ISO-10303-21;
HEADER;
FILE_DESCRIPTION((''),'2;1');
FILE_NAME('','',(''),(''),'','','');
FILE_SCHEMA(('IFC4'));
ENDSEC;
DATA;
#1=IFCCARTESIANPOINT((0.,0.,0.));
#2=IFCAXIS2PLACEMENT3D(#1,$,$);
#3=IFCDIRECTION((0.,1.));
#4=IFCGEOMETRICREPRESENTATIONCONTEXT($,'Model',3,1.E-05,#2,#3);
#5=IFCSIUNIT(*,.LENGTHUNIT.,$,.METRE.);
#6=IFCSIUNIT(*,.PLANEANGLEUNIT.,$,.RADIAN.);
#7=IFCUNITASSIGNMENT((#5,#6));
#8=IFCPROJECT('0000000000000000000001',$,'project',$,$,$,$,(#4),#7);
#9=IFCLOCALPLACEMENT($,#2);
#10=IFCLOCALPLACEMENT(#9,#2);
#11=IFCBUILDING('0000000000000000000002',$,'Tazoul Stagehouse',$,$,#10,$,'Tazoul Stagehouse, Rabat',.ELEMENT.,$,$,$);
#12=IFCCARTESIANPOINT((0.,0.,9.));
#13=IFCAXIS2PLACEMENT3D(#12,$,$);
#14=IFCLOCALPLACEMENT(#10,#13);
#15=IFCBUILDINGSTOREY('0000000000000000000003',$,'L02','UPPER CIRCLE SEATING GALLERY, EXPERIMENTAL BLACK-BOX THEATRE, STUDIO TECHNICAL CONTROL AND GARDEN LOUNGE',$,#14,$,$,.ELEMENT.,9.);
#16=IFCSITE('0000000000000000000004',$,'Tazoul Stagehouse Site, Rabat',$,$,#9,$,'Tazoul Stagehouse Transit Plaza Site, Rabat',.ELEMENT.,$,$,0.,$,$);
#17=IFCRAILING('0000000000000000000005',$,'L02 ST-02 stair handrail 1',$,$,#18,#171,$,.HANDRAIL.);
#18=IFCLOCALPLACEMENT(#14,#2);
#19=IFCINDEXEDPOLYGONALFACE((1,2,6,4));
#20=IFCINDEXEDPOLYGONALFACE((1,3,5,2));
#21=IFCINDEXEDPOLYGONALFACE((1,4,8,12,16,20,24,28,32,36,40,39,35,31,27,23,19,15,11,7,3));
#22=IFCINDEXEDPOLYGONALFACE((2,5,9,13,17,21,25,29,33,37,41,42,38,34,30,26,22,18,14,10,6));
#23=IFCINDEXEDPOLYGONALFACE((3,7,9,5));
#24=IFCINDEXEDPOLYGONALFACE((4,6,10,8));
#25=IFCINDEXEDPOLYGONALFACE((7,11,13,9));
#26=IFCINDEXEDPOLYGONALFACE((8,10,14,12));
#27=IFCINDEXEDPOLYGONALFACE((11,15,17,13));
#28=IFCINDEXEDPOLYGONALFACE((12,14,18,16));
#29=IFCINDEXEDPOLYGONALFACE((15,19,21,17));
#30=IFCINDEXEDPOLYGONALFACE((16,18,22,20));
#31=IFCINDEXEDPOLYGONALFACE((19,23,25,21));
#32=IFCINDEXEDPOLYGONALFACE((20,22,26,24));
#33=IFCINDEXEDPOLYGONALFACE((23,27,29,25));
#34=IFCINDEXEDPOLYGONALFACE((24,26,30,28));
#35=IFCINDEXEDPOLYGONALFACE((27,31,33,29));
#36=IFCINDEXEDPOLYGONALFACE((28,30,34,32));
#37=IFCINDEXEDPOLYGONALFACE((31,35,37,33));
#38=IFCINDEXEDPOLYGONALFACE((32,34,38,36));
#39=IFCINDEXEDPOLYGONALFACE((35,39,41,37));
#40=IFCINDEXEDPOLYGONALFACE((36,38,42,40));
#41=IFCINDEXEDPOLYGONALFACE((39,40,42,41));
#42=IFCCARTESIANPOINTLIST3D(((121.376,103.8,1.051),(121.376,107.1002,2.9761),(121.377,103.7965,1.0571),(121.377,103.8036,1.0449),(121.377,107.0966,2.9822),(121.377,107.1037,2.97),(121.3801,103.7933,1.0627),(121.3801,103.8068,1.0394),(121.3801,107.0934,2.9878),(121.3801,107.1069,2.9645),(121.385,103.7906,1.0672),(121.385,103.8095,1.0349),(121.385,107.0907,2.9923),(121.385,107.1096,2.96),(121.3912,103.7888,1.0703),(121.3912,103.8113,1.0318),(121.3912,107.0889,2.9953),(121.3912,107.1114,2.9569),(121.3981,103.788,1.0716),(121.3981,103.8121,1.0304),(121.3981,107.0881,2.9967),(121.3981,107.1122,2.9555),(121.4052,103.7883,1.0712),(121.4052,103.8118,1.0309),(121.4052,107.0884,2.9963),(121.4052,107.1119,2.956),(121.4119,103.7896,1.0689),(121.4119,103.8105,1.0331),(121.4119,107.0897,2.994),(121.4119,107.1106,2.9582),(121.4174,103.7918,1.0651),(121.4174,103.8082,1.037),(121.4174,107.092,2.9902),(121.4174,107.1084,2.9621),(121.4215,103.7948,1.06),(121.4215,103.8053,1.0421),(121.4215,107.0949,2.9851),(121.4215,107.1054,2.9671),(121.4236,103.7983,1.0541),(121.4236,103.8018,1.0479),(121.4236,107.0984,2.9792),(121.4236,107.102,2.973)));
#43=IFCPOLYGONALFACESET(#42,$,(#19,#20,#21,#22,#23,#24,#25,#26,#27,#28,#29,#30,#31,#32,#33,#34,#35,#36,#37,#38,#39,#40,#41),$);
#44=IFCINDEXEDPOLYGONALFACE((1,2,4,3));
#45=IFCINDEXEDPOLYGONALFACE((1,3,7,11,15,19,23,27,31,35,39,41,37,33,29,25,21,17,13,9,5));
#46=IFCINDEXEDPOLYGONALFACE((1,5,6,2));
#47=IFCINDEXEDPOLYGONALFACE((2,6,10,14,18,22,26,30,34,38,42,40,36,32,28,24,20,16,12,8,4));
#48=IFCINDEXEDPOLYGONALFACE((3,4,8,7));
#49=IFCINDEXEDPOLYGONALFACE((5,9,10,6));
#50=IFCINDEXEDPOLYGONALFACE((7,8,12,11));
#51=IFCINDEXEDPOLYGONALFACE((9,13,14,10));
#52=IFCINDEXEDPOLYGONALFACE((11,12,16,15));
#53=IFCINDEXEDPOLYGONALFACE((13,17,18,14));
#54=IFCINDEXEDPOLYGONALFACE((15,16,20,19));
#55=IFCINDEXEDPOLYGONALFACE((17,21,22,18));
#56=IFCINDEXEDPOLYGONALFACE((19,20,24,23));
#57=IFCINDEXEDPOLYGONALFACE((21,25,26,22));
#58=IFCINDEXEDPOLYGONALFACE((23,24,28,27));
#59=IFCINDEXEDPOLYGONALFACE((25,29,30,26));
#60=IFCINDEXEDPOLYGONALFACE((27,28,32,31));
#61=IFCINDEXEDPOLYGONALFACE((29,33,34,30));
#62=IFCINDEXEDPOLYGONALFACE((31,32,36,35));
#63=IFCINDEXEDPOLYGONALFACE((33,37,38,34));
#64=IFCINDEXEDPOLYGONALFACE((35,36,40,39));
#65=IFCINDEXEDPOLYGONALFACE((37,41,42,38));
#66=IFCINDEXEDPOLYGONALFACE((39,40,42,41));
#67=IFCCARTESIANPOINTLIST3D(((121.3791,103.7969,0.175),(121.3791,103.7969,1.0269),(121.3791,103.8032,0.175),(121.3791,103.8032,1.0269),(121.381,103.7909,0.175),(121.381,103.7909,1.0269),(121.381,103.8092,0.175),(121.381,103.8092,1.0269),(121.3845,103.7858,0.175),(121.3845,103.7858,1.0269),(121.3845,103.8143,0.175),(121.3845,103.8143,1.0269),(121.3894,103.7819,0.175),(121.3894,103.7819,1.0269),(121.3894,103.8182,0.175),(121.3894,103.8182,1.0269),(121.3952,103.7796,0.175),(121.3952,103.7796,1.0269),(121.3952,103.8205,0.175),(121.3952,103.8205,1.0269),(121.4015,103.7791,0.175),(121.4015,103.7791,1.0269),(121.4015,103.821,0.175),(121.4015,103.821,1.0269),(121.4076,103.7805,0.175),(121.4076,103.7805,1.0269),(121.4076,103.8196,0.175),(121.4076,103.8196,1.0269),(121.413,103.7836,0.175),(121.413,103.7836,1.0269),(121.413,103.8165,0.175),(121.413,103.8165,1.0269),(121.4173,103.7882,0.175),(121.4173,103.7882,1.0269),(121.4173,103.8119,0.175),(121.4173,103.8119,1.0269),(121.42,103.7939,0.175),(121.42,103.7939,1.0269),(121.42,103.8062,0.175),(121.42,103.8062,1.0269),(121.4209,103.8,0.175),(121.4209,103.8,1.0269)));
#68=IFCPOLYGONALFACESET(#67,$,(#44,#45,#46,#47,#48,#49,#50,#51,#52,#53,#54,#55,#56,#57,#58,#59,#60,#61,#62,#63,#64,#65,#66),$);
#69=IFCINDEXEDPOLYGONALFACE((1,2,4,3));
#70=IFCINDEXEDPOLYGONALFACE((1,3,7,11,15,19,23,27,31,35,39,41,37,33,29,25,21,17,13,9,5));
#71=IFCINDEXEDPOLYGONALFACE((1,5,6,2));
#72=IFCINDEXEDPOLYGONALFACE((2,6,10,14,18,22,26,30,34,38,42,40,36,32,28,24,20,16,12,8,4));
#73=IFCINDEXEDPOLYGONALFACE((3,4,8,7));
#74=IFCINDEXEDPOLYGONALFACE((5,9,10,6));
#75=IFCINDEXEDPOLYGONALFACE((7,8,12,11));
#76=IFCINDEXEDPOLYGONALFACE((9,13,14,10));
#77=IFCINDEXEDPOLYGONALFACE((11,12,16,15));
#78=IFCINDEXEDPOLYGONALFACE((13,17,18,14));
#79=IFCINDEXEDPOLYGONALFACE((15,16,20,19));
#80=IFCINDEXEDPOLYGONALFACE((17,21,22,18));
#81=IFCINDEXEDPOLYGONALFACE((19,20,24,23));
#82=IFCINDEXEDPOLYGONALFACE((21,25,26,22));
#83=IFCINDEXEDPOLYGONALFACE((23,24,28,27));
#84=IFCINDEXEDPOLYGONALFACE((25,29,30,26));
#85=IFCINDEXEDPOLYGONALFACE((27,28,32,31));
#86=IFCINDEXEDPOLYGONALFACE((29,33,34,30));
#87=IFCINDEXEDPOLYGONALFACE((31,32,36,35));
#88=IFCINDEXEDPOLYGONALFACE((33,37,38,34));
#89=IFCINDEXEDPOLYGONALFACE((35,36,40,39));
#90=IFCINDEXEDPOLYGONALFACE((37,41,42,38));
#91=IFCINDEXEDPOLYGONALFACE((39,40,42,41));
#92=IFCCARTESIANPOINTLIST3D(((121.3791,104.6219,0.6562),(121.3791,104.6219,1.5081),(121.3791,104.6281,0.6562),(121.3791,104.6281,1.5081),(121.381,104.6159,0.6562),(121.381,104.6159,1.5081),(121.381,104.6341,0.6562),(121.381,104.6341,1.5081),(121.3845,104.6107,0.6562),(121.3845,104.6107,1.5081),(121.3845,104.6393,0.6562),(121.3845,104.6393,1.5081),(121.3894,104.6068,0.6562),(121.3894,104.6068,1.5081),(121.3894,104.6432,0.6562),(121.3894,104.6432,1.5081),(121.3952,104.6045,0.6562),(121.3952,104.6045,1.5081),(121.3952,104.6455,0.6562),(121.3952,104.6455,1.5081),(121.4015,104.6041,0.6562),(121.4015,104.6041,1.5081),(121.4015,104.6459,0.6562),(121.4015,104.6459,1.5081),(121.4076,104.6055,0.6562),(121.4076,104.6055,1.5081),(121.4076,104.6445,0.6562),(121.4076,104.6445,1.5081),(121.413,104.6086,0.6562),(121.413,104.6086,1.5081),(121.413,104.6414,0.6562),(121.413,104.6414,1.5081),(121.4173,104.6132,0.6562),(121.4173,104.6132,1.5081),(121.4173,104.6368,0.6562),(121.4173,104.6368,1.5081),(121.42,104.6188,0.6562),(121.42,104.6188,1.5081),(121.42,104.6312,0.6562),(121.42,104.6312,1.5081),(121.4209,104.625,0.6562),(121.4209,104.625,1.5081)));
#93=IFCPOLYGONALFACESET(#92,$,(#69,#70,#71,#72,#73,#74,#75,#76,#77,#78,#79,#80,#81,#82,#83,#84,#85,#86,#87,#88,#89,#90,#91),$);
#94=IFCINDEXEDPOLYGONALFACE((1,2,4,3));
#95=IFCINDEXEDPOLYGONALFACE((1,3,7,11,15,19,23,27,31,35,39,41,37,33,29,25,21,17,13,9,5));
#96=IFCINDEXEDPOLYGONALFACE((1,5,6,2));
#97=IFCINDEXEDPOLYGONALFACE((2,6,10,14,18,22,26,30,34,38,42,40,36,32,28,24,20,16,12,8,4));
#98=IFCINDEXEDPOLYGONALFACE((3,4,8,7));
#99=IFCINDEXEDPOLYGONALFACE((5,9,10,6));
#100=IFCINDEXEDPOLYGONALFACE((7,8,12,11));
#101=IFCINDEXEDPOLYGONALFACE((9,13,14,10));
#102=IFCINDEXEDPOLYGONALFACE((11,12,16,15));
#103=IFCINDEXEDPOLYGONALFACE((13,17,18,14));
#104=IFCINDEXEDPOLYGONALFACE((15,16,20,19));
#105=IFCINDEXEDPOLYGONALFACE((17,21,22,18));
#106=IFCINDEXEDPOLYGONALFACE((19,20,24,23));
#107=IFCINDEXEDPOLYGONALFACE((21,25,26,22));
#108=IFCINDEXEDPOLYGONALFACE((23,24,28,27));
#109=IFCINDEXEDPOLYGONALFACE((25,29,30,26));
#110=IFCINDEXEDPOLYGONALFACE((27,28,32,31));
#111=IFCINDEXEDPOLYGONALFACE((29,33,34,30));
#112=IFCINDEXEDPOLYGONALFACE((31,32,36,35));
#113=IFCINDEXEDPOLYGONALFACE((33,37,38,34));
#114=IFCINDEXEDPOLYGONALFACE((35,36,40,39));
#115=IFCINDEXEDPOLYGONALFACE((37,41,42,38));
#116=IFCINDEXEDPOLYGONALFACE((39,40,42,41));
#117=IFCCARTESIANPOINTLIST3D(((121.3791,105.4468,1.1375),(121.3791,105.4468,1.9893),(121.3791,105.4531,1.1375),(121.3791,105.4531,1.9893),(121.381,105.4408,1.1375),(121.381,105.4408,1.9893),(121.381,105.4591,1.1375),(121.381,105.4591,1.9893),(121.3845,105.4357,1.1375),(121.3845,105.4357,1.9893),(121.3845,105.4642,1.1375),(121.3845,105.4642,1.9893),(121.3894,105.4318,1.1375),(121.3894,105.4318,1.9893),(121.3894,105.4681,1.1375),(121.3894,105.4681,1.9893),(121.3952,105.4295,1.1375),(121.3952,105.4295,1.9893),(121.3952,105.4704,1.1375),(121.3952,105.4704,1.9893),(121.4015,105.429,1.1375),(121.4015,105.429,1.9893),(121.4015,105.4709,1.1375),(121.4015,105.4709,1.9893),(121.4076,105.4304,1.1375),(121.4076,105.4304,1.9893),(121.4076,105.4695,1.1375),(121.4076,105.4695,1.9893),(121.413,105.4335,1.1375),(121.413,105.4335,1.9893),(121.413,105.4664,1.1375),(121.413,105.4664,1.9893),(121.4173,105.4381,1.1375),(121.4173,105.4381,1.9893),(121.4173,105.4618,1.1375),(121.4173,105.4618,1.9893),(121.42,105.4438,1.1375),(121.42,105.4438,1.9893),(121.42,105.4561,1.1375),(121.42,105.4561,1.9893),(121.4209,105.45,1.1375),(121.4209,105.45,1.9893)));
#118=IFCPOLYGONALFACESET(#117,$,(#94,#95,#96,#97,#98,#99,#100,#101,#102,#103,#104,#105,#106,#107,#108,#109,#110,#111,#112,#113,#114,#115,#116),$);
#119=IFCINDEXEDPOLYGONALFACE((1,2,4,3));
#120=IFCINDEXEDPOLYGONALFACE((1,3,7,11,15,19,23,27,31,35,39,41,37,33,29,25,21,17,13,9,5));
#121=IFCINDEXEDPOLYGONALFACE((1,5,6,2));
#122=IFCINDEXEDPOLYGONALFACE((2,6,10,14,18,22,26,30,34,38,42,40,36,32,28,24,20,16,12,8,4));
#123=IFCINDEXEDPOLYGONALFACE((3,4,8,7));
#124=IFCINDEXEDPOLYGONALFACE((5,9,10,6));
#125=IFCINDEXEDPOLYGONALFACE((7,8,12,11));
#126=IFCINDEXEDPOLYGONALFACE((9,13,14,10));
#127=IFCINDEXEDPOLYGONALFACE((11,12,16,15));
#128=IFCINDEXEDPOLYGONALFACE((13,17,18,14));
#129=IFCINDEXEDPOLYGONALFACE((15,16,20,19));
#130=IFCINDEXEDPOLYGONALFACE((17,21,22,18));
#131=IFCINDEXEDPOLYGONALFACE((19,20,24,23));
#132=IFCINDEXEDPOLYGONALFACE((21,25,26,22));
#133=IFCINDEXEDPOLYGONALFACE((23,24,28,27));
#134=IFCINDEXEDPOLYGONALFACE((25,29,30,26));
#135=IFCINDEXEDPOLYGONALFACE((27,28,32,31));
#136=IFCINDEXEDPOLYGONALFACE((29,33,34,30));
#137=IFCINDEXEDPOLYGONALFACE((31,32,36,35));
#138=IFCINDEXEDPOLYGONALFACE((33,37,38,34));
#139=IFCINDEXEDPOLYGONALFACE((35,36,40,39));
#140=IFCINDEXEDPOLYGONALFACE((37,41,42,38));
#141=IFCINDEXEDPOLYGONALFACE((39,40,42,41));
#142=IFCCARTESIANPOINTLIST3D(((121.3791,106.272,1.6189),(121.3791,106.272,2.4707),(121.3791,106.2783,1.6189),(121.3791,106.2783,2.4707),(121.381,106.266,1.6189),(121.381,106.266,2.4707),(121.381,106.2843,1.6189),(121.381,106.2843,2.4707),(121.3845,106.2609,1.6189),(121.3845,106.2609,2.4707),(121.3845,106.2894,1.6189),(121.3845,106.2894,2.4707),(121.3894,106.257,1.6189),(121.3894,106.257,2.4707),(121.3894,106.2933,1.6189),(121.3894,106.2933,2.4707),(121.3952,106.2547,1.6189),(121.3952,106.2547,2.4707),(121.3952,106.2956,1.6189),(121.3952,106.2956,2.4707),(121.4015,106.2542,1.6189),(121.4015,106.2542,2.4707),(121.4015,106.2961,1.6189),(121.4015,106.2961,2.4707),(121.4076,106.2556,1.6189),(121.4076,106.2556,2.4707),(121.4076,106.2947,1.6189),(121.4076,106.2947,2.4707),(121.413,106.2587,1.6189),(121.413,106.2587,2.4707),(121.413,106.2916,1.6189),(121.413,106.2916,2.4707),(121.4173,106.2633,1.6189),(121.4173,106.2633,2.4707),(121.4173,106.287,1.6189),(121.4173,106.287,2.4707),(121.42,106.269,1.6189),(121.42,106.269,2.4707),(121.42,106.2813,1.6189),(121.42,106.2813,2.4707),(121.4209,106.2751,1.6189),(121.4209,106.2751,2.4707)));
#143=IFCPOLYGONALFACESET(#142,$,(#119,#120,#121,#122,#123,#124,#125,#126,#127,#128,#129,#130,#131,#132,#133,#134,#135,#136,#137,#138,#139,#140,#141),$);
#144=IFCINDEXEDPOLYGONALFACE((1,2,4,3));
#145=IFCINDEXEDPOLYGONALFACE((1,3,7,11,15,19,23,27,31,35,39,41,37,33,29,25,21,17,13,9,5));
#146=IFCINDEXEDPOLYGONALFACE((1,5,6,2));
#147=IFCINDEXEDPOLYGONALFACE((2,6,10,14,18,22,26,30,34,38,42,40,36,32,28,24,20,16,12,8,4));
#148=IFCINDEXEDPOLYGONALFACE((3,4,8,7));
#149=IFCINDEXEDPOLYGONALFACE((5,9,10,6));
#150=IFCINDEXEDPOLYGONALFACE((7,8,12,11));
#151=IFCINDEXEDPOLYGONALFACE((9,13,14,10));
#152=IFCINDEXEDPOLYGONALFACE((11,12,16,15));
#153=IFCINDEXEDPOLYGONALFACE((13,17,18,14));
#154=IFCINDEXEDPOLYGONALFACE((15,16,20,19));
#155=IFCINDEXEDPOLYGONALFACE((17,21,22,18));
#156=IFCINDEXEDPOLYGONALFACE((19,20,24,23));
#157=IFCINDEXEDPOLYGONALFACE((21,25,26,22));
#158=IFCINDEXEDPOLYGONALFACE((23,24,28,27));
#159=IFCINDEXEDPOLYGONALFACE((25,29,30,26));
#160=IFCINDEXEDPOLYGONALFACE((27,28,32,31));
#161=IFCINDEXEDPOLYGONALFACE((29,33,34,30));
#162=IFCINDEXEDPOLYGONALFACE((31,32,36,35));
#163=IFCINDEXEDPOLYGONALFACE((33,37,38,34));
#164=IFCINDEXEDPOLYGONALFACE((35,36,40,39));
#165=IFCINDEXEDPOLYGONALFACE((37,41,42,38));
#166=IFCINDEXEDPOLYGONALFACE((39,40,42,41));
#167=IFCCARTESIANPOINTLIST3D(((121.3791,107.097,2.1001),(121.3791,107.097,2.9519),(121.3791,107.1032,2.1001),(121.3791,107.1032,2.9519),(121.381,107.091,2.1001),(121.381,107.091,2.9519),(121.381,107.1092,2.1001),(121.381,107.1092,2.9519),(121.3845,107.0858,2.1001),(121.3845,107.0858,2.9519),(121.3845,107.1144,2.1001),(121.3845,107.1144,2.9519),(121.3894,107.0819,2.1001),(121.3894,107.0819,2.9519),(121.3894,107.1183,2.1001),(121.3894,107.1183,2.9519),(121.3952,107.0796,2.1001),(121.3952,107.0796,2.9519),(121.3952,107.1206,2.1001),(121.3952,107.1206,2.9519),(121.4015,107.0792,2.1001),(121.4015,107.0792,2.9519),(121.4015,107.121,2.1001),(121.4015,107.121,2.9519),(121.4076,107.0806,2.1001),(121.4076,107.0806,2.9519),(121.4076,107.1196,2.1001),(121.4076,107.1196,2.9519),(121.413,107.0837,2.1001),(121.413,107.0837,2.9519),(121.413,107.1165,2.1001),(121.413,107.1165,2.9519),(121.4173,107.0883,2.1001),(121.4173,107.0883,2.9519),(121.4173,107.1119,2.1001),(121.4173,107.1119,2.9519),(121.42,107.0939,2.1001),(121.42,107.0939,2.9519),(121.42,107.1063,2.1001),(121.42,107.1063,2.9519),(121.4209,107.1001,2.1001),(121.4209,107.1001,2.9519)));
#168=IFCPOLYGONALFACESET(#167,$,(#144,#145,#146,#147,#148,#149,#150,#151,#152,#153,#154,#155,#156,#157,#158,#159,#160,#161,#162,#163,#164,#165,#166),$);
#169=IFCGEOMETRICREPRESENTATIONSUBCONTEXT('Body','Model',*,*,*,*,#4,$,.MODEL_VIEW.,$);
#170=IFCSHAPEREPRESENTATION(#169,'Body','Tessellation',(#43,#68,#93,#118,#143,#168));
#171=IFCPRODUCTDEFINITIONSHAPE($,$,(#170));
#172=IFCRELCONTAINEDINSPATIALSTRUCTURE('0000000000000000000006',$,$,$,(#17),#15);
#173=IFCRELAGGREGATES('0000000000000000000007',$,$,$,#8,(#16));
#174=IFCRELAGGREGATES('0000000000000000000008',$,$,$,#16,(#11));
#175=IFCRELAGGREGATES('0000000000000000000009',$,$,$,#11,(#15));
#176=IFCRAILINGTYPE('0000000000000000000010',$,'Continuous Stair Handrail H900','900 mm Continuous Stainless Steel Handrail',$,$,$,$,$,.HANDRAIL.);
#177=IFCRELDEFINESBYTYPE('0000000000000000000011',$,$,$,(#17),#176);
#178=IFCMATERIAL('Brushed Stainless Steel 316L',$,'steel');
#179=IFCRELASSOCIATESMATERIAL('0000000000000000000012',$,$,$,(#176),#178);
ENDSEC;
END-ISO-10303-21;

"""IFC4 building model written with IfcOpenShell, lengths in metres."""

from ifc_helpers import new_model, si_unit, direction, frame, origin, origin_2d, place, context, subcontext, project, spatial, circle, extrude, material, material_profile, profile_set, type_object, element, save


model = new_model("IFC4")

# Units and contexts
model_context = context("Model", 3, precision=1e-05, world=origin(), true_north=direction((0.0, 1.0)))
body_context = subcontext(model_context, "Body", "Model", "MODEL_VIEW")
ifc_project = project(units=[si_unit("LENGTHUNIT", "METRE"), si_unit("PLANEANGLEUNIT", "RADIAN")], contexts=[model_context])

# Site, building, storey
site_placement = place(None, origin())
site = spatial("IfcSite", under=ifc_project, at=site_placement, Name="Tazoul Stagehouse Site, Rabat", LongName="Tazoul Stagehouse Transit Plaza Site, Rabat", CompositionType="ELEMENT", RefElevation=0.0)
building_placement = place(site_placement, origin())
building = spatial("IfcBuilding", under=site, at=building_placement, Name="Tazoul Stagehouse", LongName="Tazoul Stagehouse, Rabat", CompositionType="ELEMENT")
storey_placement = place(building_placement, frame((0.0, 0.0, 9.0)))
storey = spatial("IfcBuildingStorey", under=building, at=storey_placement, Name="L02", Description="UPPER CIRCLE SEATING GALLERY, EXPERIMENTAL BLACK-BOX THEATRE, STUDIO TECHNICAL CONTROL AND GARDEN LOUNGE", CompositionType="ELEMENT", Elevation=9.0)

# Railing
ifc_material_1 = material(Name="Brushed Stainless Steel 316L", Category="steel")
ifc_material_profile_1 = material_profile(ifc_material_1, circle(Radius=0.021, at=origin_2d()), Name="SS HANDRAIL D42")
ifc_profile_set_1 = profile_set([ifc_material_profile_1], Name="Brushed Stainless Steel 316L")
railing_type = type_object("IfcRailingType", Name="Continuous Stair Handrail H900", Description="900 mm Continuous Stainless Steel Handrail", PredefinedType="HANDRAIL", material=ifc_profile_set_1)
railing_placement = place(storey_placement, frame((121.3999, 103.8, 0.175)))
element("IfcRailing", 1, at=railing_placement, inside=storey, type_object=railing_type, Name="L02 ST-02 stair handrail 1", PredefinedType="HANDRAIL", context=body_context, shape_type="SweptSolid", body=[
    extrude(circle(Radius=0.0239, at=origin_2d()), frame((0.0, 0.0, 0.876), z_axis=(0.0, 0.863777, 0.503875), x_axis=(-1.0, 0.0, 0.0)), (0.0, 0.0, 1.0), 3.8206),
    extrude(circle(Radius=0.021, at=origin_2d()), origin(), (0.0, 0.0, 1.0), 0.8518),
    extrude(circle(Radius=0.021, at=origin_2d()), frame((0.0, 0.825, 0.4812)), (0.0, 0.0, 1.0), 0.8518),
    extrude(circle(Radius=0.021, at=origin_2d()), frame((0.0, 1.6499, 0.9624)), (0.0, 0.0, 1.0), 0.8518),
    extrude(circle(Radius=0.021, at=origin_2d()), frame((0.0, 2.4751, 1.4438)), (0.0, 0.0, 1.0), 0.8518),
    extrude(circle(Radius=0.021, at=origin_2d()), frame((0.0, 3.3, 1.925)), (0.0, 0.0, 1.0), 0.8518),
])

save(model, "model.ifc")
